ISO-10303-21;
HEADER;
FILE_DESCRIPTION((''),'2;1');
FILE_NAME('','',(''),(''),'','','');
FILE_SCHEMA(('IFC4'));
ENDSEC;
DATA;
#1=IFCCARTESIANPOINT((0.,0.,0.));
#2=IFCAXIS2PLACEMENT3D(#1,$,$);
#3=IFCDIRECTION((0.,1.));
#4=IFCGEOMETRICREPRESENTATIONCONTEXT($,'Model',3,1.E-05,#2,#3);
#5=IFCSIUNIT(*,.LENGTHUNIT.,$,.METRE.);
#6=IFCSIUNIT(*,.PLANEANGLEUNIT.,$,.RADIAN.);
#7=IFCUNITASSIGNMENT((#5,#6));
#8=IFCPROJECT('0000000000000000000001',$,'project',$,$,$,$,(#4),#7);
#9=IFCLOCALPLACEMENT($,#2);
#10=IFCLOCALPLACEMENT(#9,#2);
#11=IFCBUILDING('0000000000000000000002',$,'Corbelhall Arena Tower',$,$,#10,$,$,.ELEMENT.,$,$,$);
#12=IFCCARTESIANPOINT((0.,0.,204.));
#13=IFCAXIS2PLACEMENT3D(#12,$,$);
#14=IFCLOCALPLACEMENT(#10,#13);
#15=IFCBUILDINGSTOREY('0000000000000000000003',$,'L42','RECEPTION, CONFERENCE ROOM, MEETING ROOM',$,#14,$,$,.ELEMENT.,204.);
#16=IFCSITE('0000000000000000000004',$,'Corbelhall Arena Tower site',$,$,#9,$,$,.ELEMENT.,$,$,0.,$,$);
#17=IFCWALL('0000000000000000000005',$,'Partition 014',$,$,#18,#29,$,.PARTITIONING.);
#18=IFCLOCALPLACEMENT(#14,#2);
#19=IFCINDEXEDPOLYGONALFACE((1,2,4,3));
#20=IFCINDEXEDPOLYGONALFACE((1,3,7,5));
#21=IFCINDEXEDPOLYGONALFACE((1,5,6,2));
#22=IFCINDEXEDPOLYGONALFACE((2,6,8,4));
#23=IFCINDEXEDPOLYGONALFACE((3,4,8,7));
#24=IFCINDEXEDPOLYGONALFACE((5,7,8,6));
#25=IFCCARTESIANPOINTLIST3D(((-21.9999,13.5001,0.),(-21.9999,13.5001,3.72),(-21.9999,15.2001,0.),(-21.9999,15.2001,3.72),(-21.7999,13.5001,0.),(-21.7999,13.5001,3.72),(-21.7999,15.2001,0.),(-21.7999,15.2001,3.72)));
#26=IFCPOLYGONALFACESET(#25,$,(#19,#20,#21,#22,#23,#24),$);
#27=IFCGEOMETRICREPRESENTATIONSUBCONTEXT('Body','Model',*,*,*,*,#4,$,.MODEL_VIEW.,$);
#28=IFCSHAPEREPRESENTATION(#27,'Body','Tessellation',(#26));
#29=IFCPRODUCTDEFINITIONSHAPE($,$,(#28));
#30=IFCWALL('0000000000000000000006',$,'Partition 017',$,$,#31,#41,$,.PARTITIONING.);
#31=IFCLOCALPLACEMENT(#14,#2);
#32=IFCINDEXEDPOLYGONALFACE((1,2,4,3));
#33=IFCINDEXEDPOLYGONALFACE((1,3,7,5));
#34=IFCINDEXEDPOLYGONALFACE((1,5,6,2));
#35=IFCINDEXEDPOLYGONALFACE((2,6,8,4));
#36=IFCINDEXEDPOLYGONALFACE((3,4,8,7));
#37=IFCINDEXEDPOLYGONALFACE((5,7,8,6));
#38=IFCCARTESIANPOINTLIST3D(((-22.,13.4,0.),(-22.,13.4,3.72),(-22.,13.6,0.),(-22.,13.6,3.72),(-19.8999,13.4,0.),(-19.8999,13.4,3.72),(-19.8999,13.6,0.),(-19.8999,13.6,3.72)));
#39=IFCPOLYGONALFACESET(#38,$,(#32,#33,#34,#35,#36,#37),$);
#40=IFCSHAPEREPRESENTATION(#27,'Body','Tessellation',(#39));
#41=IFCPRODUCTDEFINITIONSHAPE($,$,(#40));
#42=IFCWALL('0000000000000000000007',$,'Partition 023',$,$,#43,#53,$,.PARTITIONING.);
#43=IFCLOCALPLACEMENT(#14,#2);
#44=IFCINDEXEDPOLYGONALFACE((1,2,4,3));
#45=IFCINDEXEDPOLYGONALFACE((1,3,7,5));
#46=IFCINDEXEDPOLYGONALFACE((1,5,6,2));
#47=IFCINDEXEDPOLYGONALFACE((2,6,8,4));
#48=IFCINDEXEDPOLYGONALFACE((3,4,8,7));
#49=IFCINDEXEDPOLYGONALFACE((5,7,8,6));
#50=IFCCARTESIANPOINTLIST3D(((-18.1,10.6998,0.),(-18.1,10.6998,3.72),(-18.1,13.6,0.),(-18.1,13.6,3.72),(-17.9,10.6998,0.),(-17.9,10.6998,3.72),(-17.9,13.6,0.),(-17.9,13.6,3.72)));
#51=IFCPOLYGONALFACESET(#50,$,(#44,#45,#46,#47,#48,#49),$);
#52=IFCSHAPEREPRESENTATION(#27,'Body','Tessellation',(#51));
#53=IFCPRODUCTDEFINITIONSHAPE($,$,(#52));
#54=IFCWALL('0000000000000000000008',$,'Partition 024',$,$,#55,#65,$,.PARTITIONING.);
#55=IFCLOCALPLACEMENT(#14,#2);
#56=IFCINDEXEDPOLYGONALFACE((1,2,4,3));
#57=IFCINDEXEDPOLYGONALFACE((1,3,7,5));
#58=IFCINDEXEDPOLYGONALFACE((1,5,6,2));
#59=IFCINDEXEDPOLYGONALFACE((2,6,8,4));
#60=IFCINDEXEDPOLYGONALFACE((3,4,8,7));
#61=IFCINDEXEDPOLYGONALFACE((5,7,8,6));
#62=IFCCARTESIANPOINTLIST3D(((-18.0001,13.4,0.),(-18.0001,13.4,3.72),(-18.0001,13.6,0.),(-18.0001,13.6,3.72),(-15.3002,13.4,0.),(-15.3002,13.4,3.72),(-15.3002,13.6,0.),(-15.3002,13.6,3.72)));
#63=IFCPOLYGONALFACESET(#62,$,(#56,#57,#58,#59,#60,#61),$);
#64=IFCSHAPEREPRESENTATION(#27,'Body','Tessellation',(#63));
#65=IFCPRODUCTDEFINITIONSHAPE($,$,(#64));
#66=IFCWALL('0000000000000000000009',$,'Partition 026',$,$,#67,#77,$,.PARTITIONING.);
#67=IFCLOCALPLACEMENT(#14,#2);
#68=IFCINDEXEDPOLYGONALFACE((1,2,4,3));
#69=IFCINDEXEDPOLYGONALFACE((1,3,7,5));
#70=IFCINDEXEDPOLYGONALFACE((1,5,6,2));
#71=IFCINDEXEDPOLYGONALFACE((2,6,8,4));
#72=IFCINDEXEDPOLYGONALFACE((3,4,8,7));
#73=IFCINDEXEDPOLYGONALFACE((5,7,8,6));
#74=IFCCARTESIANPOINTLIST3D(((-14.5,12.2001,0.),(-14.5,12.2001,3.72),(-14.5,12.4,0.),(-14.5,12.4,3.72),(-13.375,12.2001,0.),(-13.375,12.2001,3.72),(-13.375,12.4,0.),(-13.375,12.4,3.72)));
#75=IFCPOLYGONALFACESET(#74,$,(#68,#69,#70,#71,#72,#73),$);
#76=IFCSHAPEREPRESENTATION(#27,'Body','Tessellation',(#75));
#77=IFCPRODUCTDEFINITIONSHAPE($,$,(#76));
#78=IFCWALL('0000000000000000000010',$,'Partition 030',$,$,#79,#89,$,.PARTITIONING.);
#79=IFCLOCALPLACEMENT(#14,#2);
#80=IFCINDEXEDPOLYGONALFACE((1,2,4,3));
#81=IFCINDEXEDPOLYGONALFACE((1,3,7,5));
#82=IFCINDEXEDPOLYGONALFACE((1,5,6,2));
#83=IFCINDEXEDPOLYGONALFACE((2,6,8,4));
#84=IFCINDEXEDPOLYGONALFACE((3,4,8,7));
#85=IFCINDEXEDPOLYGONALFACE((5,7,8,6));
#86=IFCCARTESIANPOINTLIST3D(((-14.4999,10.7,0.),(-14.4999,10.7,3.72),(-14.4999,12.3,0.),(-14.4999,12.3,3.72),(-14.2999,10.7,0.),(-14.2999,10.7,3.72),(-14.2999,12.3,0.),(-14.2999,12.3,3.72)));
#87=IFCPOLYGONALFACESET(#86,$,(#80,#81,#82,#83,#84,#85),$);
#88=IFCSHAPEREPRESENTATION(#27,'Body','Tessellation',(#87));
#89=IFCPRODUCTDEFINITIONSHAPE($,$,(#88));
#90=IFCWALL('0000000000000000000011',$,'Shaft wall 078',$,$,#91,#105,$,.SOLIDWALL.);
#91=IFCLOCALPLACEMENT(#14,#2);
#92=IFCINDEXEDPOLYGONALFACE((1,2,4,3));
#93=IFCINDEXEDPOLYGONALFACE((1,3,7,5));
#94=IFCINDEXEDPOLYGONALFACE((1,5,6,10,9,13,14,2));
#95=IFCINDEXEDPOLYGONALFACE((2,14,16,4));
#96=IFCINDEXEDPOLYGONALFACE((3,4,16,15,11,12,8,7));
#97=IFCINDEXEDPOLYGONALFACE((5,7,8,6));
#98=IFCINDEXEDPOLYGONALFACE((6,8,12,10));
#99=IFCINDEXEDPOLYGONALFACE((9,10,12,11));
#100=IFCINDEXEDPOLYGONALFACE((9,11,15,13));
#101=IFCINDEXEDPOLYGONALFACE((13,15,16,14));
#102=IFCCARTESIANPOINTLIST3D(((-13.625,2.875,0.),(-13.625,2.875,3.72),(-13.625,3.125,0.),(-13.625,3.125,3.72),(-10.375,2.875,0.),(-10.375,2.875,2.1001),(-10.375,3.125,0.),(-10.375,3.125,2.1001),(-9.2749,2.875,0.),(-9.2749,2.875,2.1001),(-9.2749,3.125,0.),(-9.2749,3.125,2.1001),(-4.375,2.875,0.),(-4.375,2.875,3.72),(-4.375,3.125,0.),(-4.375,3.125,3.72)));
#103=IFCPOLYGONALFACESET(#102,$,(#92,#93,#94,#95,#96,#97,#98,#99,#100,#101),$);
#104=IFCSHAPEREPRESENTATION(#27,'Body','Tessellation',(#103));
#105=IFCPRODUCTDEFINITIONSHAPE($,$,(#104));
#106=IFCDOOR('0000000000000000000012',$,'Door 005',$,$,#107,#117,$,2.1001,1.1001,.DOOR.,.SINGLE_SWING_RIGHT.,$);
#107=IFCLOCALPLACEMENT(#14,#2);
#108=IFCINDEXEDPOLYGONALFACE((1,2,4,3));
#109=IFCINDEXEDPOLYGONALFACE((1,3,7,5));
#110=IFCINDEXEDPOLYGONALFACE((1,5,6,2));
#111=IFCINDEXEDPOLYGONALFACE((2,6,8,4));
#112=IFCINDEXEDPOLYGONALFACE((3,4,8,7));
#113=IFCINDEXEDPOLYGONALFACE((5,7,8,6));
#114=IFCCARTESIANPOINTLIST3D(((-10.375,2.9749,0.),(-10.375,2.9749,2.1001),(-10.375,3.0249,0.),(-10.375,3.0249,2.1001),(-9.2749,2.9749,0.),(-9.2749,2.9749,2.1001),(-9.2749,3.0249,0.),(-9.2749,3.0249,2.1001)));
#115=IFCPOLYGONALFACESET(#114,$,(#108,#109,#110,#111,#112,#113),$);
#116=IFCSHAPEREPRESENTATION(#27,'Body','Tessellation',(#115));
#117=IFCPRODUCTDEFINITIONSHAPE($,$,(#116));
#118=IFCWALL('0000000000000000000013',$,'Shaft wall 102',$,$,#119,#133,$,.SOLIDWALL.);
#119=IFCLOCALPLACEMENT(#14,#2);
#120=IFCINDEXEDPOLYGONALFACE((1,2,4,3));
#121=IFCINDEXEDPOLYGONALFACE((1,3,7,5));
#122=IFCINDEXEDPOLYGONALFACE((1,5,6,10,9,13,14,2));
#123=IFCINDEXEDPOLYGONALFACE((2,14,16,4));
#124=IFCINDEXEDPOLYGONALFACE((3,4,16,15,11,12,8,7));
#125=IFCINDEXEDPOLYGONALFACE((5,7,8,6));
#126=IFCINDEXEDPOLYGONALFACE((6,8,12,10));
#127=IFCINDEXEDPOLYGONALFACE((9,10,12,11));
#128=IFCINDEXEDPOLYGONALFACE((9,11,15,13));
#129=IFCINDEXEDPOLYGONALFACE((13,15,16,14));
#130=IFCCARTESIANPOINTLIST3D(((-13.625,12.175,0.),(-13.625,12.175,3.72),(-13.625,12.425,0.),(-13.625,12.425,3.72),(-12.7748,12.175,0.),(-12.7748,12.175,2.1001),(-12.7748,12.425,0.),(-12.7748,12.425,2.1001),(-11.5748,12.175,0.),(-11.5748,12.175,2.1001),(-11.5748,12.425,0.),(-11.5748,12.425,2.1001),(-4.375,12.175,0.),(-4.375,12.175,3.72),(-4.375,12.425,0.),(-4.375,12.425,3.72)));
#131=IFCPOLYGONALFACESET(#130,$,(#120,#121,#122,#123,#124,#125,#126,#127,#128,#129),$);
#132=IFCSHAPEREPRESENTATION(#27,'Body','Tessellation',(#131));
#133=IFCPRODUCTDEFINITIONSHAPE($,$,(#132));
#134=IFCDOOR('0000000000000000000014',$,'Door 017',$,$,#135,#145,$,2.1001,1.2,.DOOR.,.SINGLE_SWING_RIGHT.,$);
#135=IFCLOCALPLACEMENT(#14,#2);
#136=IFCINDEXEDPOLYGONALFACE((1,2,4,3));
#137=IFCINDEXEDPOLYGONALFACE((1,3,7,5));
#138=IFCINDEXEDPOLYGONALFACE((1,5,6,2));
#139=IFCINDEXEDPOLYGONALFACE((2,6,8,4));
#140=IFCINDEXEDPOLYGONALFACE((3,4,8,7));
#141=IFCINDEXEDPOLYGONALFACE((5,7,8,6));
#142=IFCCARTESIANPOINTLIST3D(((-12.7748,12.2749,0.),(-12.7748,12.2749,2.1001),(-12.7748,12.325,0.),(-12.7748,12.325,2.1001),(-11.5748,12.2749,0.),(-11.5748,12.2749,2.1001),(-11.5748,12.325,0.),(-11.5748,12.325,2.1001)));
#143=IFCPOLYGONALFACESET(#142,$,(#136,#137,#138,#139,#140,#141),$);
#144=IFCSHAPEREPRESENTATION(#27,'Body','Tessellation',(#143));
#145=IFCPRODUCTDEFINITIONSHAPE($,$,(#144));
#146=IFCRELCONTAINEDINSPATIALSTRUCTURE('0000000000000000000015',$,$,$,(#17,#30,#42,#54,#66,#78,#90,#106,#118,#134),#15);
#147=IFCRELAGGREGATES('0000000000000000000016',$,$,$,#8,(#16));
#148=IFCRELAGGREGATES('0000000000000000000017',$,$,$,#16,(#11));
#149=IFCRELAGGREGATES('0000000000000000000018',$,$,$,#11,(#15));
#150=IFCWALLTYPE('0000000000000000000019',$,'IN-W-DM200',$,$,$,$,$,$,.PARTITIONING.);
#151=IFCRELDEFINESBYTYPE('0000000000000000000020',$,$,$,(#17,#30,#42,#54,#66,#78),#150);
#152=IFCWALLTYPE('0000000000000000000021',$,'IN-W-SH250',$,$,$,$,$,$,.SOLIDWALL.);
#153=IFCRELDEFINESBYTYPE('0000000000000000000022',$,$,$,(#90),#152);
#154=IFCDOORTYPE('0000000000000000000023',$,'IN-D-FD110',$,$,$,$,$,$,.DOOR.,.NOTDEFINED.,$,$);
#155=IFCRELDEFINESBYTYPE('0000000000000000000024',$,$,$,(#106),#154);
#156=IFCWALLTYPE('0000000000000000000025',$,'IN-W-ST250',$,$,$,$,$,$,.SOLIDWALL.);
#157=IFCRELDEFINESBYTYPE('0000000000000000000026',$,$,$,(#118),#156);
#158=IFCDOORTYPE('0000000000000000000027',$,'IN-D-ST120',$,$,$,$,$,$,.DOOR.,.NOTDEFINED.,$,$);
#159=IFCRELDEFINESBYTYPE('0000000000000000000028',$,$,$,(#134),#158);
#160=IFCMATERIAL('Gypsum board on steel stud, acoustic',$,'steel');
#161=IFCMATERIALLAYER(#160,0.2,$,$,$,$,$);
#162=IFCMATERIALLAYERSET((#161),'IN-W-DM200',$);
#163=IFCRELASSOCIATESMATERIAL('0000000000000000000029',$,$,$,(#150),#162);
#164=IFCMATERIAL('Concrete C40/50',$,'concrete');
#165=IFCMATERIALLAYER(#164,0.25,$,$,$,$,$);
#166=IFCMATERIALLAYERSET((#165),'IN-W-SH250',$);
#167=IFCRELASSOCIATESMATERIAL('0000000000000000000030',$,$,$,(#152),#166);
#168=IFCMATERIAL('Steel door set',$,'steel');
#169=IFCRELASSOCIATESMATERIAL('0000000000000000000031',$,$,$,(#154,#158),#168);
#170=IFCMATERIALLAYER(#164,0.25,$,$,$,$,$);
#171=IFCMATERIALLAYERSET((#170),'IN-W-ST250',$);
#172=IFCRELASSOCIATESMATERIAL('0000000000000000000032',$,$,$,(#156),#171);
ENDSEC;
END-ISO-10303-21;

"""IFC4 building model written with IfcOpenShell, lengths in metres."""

from ifc_helpers import new_model, si_unit, direction, frame, frame_2d, origin, place, context, subcontext, project, spatial, rectangle, extrude, material, layer, layer_set, type_object, element, fill, save


model = new_model("IFC4")

# Units and contexts
model_context = context("Model", 3, precision=1e-05, world=origin(), true_north=direction((0.0, 1.0)))
body_context = subcontext(model_context, "Body", "Model", "MODEL_VIEW")
ifc_project = project(units=[si_unit("LENGTHUNIT", "METRE"), si_unit("PLANEANGLEUNIT", "RADIAN")], contexts=[model_context])

# Site, building, storey
site_placement = place(None, origin())
site = spatial("IfcSite", under=ifc_project, at=site_placement, Name="Corbelhall Arena Tower site", CompositionType="ELEMENT", RefElevation=0.0)
building_placement = place(site_placement, origin())
building = spatial("IfcBuilding", under=site, at=building_placement, Name="Corbelhall Arena Tower", CompositionType="ELEMENT")
storey_placement = place(building_placement, frame((0.0, 0.0, 204.0)))
storey = spatial("IfcBuildingStorey", under=building, at=storey_placement, Name="L42", Description="RECEPTION, CONFERENCE ROOM, MEETING ROOM", CompositionType="ELEMENT", Elevation=204.0)

# Shared definitions
ifc_material_1 = material(Name="Gypsum board on steel stud, acoustic", Category="steel")
ifc_layer_1 = layer(ifc_material_1, 0.2)
ifc_layer_set_1 = layer_set([ifc_layer_1], Name="IN-W-DM200")
wall_type_1 = type_object("IfcWallType", Name="IN-W-DM200", PredefinedType="PARTITIONING", material=ifc_layer_set_1)
ifc_material_2 = material(Name="Steel door set", Category="steel")

# Wall
wall_1_placement = place(storey_placement, frame((-21.8999, 13.5, 0.0), z_axis=(0.0, 0.0, 1.0), x_axis=(0.0, 1.0, 0.0)))
element("IfcWall", 1, at=wall_1_placement, inside=storey, type_object=wall_type_1, Name="Partition 014", PredefinedType="PARTITIONING", context=body_context, shape_type="SweptSolid", body=[
    extrude(rectangle(XDim=1.7, YDim=0.2, at=frame_2d((0.8501, 0.0))), origin(), (0.0, 0.0, 1.0), 3.72),
])

# Wall
wall_2_placement = place(storey_placement, frame((-19.8999, 13.5, 0.0), z_axis=(0.0, 0.0, 1.0), x_axis=(-1.0, 0.0, 0.0)))
element("IfcWall", 2, at=wall_2_placement, inside=storey, type_object=wall_type_1, Name="Partition 017", PredefinedType="PARTITIONING", context=body_context, shape_type="SweptSolid", body=[
    extrude(rectangle(XDim=2.1001, YDim=0.2, at=frame_2d((1.05, 0.0))), origin(), (0.0, 0.0, 1.0), 3.72),
])

# Walls
wall_3_placement = place(storey_placement, frame((-18.0, 13.6001, 0.0), z_axis=(0.0, 0.0, 1.0), x_axis=(0.0, -1.0, 0.0)))
element("IfcWall", 3, at=wall_3_placement, inside=storey, type_object=wall_type_1, Name="Partition 023", PredefinedType="PARTITIONING", context=body_context, shape_type="SweptSolid", body=[
    extrude(rectangle(XDim=2.9001, YDim=0.2, at=frame_2d((1.4502, 0.0))), origin(), (0.0, 0.0, 1.0), 3.72),
])
wall_4_placement = place(storey_placement, frame((-15.3, 13.5, 0.0), z_axis=(0.0, 0.0, 1.0), x_axis=(-1.0, 0.0, 0.0)))
element("IfcWall", 4, at=wall_4_placement, inside=storey, type_object=wall_type_1, Name="Partition 024", PredefinedType="PARTITIONING", context=body_context, shape_type="SweptSolid", body=[
    extrude(rectangle(XDim=2.7, YDim=0.2, at=frame_2d((1.3501, 0.0))), origin(), (0.0, 0.0, 1.0), 3.72),
])
wall_5_placement = place(storey_placement, frame((-14.5, 12.3, 0.0), z_axis=(0.0, 0.0, 1.0), x_axis=(1.0, 0.0, 0.0)))
element("IfcWall", 5, at=wall_5_placement, inside=storey, type_object=wall_type_1, Name="Partition 026", PredefinedType="PARTITIONING", context=body_context, shape_type="SweptSolid", body=[
    extrude(rectangle(XDim=1.125, YDim=0.2, at=frame_2d((0.5625, 0.0))), origin(), (0.0, 0.0, 1.0), 3.72),
])
wall_6_placement = place(storey_placement, frame((-14.3999, 10.7, 0.0), z_axis=(0.0, 0.0, 1.0), x_axis=(0.0, 1.0, 0.0)))
element("IfcWall", 6, at=wall_6_placement, inside=storey, type_object=wall_type_1, Name="Partition 030", PredefinedType="PARTITIONING", context=body_context, shape_type="SweptSolid", body=[
    extrude(rectangle(XDim=1.6001, YDim=0.2, at=frame_2d((0.8, 0.0))), origin(), (0.0, 0.0, 1.0), 3.72),
])

# Walls, openings, doors
ifc_material_3 = material(Name="Concrete C40/50", Category="concrete")
ifc_layer_2 = layer(ifc_material_3, 0.25)
ifc_layer_set_2 = layer_set([ifc_layer_2], Name="IN-W-SH250")
wall_type_2 = type_object("IfcWallType", Name="IN-W-SH250", PredefinedType="SOLIDWALL", material=ifc_layer_set_2)
wall_7_placement = place(storey_placement, frame((-13.625, 3.0, 0.0), z_axis=(0.0, 0.0, 1.0), x_axis=(1.0, 0.0, 0.0)))
wall_7 = element("IfcWall", 7, at=wall_7_placement, inside=storey, type_object=wall_type_2, Name="Shaft wall 078", PredefinedType="SOLIDWALL", context=body_context, shape_type="SweptSolid", body=[
    extrude(rectangle(XDim=9.25, YDim=0.25, at=frame_2d((4.625, 0.0))), origin(), (0.0, 0.0, 1.0), 3.72),
])
opening_1_placement = place(wall_7_placement, frame((3.25, 0.0, 0.0)))
opening_1 = element("IfcOpeningElement", 8, at=opening_1_placement, cuts=wall_7, PredefinedType="OPENING", context=body_context, shape_type="SweptSolid", body=[
    extrude(rectangle(XDim=1.1001, YDim=2.1001, at=frame_2d((0.55, 1.05))), frame((0.0, 0.125, 0.0), z_axis=(0.0, -1.0, 0.0), x_axis=(1.0, 0.0, 0.0)), (0.0, 0.0, 1.0), 0.25),
])
door_type_1 = type_object("IfcDoorType", Name="IN-D-FD110", OperationType="NOTDEFINED", PredefinedType="DOOR", material=ifc_material_2)
door_1_placement = place(opening_1_placement, origin())
door_1 = element("IfcDoor", 9, at=door_1_placement, inside=storey, type_object=door_type_1, Name="Door 005", OperationType="SINGLE_SWING_RIGHT", OverallHeight=2.1001, OverallWidth=1.1001, PredefinedType="DOOR", context=body_context, shape_type="SweptSolid", body=[
    extrude(rectangle(XDim=1.1001, YDim=2.1001, at=frame_2d((0.55, 1.05))), frame((0.0, 0.0249, 0.0), z_axis=(0.0, -1.0, 0.0), x_axis=(1.0, 0.0, 0.0)), (0.0, 0.0, 1.0), 0.05),
])
fill(opening_1, door_1)
ifc_layer_3 = layer(ifc_material_3, 0.25)
ifc_layer_set_3 = layer_set([ifc_layer_3], Name="IN-W-ST250")
wall_type_3 = type_object("IfcWallType", Name="IN-W-ST250", PredefinedType="SOLIDWALL", material=ifc_layer_set_3)
wall_8_placement = place(storey_placement, frame((-13.625, 12.3, 0.0), z_axis=(0.0, 0.0, 1.0), x_axis=(1.0, 0.0, 0.0)))
wall_8 = element("IfcWall", 10, at=wall_8_placement, inside=storey, type_object=wall_type_3, Name="Shaft wall 102", PredefinedType="SOLIDWALL", context=body_context, shape_type="SweptSolid", body=[
    extrude(rectangle(XDim=9.25, YDim=0.25, at=frame_2d((4.625, 0.0))), origin(), (0.0, 0.0, 1.0), 3.72),
])
opening_2_placement = place(wall_8_placement, frame((0.8501, 0.0, 0.0)))
opening_2 = element("IfcOpeningElement", 11, at=opening_2_placement, cuts=wall_8, PredefinedType="OPENING", context=body_context, shape_type="SweptSolid", body=[
    extrude(rectangle(XDim=1.2, YDim=2.1001, at=frame_2d((0.6001, 1.05))), frame((0.0, 0.125, 0.0), z_axis=(0.0, -1.0, 0.0), x_axis=(1.0, 0.0, 0.0)), (0.0, 0.0, 1.0), 0.25),
])
door_type_2 = type_object("IfcDoorType", Name="IN-D-ST120", OperationType="NOTDEFINED", PredefinedType="DOOR", material=ifc_material_2)
door_2_placement = place(opening_2_placement, origin())
door_2 = element("IfcDoor", 12, at=door_2_placement, inside=storey, type_object=door_type_2, Name="Door 017", OperationType="SINGLE_SWING_RIGHT", OverallHeight=2.1001, OverallWidth=1.2, PredefinedType="DOOR", context=body_context, shape_type="SweptSolid", body=[
    extrude(rectangle(XDim=1.2, YDim=2.1001, at=frame_2d((0.6001, 1.05))), frame((0.0, 0.0249, 0.0), z_axis=(0.0, -1.0, 0.0), x_axis=(1.0, 0.0, 0.0)), (0.0, 0.0, 1.0), 0.05),
])
fill(opening_2, door_2)

save(model, "model.ifc")
